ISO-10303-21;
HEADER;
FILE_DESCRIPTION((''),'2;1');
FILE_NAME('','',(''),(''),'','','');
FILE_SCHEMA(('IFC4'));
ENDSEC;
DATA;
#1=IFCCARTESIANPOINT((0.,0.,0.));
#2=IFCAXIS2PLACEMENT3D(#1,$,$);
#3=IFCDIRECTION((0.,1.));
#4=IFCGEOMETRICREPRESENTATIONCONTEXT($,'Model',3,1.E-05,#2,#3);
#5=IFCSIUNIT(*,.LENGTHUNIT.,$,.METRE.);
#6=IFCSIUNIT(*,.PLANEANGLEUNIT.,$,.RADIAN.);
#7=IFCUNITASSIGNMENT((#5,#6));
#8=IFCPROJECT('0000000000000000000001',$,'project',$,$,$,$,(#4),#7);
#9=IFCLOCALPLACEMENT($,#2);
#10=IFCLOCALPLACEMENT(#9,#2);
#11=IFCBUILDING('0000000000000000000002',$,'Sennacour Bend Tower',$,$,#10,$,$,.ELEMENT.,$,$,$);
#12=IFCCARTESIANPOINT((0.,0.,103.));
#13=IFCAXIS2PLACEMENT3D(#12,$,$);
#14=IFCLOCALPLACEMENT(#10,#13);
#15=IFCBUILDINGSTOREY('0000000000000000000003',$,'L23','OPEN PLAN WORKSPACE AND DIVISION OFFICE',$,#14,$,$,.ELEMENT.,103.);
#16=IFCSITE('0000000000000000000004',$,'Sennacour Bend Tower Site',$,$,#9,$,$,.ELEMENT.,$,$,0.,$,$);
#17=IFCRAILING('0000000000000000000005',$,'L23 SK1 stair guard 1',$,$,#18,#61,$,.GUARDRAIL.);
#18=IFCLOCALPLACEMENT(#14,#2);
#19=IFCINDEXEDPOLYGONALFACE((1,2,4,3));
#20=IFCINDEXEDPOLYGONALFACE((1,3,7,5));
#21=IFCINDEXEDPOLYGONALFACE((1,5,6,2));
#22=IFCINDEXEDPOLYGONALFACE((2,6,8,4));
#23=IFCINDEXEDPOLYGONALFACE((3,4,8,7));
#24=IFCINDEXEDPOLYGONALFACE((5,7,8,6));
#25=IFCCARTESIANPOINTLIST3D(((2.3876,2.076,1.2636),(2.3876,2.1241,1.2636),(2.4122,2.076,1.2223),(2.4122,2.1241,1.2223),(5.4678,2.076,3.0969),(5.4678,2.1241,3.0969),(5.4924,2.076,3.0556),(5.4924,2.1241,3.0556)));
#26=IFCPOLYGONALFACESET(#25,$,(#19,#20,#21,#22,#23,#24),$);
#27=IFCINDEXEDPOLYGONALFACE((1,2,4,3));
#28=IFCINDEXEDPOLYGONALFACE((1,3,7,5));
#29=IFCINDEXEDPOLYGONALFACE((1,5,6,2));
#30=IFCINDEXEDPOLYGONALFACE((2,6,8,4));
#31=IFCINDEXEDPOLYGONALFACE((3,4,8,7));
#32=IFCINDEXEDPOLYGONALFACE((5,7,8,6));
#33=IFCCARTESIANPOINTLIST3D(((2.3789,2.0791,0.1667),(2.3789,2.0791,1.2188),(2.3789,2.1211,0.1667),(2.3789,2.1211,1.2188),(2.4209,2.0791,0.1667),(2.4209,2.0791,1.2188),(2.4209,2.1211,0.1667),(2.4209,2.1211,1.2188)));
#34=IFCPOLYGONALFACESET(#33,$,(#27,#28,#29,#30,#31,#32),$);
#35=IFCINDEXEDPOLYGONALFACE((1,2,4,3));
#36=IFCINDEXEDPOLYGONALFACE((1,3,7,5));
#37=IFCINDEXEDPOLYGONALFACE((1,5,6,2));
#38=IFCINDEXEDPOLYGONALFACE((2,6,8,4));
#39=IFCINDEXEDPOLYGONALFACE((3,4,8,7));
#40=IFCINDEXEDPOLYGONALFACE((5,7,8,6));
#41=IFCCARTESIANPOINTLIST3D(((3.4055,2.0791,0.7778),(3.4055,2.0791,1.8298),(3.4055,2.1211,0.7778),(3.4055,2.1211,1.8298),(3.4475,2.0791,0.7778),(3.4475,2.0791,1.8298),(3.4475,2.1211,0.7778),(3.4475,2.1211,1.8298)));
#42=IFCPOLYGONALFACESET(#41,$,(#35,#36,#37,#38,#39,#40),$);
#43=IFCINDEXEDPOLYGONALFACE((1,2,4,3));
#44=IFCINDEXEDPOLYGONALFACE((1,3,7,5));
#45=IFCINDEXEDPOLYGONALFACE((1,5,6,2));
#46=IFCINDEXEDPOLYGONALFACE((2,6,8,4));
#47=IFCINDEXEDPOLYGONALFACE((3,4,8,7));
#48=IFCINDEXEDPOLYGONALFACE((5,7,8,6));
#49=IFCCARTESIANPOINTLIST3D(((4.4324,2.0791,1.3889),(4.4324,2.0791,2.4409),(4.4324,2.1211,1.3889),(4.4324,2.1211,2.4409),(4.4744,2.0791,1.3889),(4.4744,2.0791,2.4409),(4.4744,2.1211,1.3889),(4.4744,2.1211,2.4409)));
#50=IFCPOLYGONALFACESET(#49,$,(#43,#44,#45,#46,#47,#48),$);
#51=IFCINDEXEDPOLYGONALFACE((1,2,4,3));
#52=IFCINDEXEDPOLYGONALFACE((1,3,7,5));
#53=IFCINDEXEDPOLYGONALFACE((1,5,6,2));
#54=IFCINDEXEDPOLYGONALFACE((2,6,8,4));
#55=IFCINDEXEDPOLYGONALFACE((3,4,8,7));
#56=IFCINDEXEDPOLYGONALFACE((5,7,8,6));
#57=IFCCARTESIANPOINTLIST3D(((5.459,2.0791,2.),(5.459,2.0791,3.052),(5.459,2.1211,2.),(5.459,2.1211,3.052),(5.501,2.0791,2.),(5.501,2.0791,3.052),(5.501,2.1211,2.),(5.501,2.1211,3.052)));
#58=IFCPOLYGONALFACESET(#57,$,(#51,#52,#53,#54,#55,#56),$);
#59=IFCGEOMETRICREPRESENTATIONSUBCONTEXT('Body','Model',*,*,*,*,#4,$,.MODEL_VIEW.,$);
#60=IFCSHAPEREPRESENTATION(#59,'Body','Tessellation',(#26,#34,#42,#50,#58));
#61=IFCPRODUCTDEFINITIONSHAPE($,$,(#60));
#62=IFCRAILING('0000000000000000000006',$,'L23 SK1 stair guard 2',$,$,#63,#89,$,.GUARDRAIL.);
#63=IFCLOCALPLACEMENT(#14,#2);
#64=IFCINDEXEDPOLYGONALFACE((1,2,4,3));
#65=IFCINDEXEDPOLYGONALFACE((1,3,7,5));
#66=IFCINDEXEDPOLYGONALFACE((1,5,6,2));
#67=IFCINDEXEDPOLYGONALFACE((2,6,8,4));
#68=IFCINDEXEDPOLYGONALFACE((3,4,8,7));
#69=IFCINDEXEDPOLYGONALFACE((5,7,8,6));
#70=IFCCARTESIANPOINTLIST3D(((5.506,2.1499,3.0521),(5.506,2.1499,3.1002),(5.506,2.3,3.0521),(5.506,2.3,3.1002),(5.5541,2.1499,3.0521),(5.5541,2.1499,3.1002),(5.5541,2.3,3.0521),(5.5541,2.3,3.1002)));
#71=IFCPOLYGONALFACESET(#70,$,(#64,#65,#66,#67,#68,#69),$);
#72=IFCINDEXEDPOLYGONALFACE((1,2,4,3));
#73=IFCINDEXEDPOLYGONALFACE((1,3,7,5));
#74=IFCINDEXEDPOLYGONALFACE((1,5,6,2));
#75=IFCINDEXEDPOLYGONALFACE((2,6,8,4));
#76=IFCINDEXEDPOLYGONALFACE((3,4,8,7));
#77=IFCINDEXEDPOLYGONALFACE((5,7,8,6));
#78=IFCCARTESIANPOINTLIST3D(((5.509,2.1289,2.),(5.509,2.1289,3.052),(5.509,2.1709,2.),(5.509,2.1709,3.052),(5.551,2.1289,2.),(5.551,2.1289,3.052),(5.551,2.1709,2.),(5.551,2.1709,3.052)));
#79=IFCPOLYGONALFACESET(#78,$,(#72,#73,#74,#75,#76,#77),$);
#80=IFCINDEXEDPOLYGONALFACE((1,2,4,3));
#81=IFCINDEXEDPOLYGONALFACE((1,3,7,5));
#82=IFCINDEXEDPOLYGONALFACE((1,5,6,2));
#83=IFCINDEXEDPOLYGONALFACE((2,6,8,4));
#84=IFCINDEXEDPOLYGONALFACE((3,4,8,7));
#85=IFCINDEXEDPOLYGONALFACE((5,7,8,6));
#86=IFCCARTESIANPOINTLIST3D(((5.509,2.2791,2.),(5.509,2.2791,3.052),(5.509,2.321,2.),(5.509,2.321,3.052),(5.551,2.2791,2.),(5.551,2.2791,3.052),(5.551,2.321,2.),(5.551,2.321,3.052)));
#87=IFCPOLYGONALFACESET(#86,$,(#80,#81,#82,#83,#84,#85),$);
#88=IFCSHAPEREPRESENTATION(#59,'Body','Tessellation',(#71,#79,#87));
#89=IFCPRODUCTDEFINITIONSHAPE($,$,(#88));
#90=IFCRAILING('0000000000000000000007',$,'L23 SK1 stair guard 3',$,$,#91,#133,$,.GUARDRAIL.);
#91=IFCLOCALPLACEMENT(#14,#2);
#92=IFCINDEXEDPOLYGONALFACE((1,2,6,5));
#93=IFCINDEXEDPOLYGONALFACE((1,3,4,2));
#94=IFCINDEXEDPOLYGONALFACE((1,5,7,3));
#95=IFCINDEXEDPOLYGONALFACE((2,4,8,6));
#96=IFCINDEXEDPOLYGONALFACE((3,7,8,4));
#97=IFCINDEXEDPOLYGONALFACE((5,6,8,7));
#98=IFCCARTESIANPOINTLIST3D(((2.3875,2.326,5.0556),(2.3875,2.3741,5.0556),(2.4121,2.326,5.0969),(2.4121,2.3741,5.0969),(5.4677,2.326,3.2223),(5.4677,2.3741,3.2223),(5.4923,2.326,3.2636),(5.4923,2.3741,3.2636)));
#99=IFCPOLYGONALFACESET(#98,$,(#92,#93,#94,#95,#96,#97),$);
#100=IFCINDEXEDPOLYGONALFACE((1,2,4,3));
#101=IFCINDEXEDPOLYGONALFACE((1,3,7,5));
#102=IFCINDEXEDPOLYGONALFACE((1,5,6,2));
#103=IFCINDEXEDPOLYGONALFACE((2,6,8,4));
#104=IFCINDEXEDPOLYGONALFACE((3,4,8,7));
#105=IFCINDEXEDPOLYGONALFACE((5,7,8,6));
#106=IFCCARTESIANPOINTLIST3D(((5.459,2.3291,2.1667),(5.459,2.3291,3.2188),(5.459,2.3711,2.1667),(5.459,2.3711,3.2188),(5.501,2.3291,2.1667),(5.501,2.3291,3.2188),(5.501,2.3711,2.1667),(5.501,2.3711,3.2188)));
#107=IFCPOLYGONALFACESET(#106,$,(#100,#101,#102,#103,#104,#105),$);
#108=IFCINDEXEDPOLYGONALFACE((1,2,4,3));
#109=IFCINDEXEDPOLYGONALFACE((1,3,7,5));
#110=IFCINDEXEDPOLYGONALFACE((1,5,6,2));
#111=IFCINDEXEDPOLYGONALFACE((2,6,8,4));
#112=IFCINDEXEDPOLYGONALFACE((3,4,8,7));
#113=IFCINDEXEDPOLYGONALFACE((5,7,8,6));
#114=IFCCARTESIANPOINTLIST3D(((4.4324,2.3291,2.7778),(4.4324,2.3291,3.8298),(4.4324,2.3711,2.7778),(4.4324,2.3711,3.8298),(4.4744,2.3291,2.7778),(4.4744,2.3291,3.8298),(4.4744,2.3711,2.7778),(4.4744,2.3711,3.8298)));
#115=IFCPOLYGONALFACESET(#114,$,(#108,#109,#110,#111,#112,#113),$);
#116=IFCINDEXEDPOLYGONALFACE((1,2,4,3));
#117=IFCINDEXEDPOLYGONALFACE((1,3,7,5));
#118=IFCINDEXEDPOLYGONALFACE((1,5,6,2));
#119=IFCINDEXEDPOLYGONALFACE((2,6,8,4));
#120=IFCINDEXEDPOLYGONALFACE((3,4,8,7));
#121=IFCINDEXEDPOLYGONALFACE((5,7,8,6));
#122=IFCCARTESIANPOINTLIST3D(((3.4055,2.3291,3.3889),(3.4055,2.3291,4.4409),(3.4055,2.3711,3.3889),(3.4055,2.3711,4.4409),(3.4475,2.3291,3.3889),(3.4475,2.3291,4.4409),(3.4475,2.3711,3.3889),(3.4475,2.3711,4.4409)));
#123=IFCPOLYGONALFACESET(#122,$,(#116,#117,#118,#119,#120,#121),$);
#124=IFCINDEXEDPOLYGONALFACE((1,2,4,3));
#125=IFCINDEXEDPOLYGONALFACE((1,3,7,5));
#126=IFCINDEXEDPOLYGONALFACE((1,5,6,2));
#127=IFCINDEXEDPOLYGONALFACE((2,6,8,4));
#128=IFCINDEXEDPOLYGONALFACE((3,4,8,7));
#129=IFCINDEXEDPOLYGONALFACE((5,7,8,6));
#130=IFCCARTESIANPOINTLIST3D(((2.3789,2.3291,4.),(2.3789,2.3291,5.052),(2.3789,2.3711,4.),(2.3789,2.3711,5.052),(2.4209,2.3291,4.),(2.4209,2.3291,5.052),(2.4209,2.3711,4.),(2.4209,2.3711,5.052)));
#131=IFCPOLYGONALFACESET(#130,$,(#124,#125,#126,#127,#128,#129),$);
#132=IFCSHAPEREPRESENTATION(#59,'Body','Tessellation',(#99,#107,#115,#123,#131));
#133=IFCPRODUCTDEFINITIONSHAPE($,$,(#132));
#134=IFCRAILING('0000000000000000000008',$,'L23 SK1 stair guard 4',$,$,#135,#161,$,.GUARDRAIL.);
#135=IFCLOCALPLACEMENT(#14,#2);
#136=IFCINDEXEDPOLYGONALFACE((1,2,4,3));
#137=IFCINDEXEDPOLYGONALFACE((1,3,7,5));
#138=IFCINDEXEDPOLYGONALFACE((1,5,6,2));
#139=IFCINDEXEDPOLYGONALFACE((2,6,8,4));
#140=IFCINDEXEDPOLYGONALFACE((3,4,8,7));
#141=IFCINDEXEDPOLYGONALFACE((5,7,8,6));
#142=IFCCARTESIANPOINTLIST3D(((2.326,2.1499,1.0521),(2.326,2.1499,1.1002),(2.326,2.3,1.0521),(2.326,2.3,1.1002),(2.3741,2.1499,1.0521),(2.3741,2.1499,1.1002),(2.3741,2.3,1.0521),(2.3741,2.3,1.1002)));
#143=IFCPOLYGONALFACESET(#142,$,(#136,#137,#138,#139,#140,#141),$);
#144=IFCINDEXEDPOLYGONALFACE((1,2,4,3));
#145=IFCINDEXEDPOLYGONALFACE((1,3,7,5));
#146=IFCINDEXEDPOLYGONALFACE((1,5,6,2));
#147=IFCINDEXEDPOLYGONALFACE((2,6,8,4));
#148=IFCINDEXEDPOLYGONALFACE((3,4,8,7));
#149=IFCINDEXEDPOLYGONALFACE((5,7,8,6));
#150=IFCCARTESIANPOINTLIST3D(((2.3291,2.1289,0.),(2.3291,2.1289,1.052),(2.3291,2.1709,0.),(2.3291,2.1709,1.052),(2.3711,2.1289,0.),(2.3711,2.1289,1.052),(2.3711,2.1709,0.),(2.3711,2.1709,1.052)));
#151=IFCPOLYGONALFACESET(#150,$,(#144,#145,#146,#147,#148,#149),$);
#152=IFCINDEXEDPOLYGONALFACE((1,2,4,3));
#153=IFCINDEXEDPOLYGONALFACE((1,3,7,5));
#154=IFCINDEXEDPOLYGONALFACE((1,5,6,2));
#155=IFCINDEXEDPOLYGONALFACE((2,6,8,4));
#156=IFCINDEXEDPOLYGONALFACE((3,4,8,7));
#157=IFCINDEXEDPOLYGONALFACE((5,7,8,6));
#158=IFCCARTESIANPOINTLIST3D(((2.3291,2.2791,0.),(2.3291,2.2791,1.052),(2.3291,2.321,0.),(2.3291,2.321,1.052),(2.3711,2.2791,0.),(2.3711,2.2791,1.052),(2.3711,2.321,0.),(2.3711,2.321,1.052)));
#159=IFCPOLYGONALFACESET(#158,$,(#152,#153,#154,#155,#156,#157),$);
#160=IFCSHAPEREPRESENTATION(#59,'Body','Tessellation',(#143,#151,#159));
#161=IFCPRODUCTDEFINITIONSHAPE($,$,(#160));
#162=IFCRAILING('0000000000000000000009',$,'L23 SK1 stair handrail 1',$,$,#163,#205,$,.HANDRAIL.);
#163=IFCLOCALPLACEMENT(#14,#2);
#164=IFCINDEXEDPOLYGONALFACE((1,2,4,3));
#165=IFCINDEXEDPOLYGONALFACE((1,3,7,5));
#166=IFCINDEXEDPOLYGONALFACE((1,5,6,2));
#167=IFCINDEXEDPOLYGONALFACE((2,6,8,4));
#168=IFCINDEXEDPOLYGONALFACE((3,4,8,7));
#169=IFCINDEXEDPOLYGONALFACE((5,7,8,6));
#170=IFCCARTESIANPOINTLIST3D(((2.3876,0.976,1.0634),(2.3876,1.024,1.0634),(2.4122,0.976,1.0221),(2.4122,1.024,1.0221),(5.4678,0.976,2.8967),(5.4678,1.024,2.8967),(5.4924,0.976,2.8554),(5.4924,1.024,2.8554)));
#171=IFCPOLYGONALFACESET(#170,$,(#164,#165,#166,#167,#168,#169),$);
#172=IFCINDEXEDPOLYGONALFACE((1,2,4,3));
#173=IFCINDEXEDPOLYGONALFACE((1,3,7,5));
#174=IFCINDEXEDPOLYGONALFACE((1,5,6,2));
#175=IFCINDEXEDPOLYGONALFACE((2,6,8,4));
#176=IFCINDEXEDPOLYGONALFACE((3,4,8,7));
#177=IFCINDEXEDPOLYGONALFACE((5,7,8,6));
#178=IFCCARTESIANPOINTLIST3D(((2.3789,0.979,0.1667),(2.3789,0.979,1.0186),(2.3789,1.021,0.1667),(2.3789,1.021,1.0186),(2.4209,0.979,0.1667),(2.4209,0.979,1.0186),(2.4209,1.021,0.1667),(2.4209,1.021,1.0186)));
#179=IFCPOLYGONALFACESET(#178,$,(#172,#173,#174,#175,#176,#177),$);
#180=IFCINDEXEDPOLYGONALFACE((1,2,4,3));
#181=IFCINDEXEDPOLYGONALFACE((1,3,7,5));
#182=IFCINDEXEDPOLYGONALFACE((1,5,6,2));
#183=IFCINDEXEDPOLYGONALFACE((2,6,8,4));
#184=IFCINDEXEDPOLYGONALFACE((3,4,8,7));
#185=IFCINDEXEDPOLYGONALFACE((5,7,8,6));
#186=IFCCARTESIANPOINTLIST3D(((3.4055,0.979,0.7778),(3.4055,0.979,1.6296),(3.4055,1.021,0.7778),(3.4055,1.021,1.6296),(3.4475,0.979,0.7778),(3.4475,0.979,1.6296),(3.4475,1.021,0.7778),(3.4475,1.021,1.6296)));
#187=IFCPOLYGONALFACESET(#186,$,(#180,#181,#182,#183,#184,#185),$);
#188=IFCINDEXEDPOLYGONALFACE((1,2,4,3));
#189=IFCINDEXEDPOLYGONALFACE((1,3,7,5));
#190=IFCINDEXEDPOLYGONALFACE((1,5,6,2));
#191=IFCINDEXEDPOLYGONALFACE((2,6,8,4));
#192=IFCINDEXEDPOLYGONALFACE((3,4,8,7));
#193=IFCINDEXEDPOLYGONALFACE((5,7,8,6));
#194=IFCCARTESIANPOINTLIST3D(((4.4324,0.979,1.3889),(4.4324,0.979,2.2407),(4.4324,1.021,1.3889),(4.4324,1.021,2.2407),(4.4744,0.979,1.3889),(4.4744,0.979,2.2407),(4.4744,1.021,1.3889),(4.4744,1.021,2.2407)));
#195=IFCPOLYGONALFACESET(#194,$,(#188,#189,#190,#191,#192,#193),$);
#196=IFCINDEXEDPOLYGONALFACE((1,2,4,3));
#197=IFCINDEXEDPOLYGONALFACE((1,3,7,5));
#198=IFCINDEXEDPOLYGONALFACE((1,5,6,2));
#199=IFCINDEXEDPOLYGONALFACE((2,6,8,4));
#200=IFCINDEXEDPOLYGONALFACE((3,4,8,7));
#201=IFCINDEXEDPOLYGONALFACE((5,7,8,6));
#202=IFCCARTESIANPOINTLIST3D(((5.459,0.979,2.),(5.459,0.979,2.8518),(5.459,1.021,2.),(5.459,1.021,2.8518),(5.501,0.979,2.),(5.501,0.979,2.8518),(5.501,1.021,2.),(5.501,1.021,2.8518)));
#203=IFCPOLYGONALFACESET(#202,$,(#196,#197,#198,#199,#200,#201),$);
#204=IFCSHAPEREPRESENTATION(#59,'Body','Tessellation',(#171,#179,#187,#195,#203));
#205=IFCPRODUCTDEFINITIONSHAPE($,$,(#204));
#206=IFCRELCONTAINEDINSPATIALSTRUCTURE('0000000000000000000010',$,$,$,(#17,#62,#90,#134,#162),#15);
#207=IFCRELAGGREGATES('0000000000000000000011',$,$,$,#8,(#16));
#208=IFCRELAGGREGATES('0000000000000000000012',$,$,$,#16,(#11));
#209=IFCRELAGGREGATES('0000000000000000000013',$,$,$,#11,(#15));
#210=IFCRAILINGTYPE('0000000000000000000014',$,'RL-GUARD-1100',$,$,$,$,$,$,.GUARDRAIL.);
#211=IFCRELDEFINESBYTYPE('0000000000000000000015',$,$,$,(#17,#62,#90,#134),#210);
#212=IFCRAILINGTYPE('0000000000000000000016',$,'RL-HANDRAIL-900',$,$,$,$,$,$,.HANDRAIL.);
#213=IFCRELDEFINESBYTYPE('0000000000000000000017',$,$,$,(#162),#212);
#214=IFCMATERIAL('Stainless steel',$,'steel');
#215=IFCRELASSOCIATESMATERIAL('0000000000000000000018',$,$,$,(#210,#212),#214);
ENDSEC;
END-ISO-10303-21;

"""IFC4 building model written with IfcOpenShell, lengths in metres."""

from ifc_helpers import new_model, si_unit, direction, frame, origin, origin_2d, place, context, subcontext, project, spatial, rectangle, extrude, material, type_object, element, save


model = new_model("IFC4")

# Units and contexts
model_context = context("Model", 3, precision=1e-05, world=origin(), true_north=direction((0.0, 1.0)))
body_context = subcontext(model_context, "Body", "Model", "MODEL_VIEW")
ifc_project = project(units=[si_unit("LENGTHUNIT", "METRE"), si_unit("PLANEANGLEUNIT", "RADIAN")], contexts=[model_context])

# Site, building, storey
site_placement = place(None, origin())
site = spatial("IfcSite", under=ifc_project, at=site_placement, Name="Sennacour Bend Tower Site", CompositionType="ELEMENT", RefElevation=0.0)
building_placement = place(site_placement, origin())
building = spatial("IfcBuilding", under=site, at=building_placement, Name="Sennacour Bend Tower", CompositionType="ELEMENT")
storey_placement = place(building_placement, frame((0.0, 0.0, 103.0)))
storey = spatial("IfcBuildingStorey", under=building, at=storey_placement, Name="L23", Description="OPEN PLAN WORKSPACE AND DIVISION OFFICE", CompositionType="ELEMENT", Elevation=103.0)

# Railings
ifc_material_1 = material(Name="Stainless steel", Category="steel")
railing_type_1 = type_object("IfcRailingType", Name="RL-GUARD-1100", PredefinedType="GUARDRAIL", material=ifc_material_1)
railing_1_placement = place(storey_placement, frame((2.3999, 2.1001, 0.1667)))
element("IfcRailing", 1, at=railing_1_placement, inside=storey, type_object=railing_type_1, Name="L23 SK1 stair guard 1", PredefinedType="GUARDRAIL", context=body_context, shape_type="SweptSolid", body=[
    extrude(rectangle(XDim=0.0481, YDim=0.0481, at=origin_2d()), frame((0.0, 0.0, 1.0762), z_axis=(0.859309, 0.0, 0.511458), x_axis=(0.0, 1.0, 0.0)), (0.0, 0.0, 1.0), 3.5845),
    extrude(rectangle(XDim=0.042, YDim=0.042, at=origin_2d()), origin(), (0.0, 0.0, 1.0), 1.052),
    extrude(rectangle(XDim=0.042, YDim=0.042, at=origin_2d()), frame((1.0266, 0.0, 0.6111)), (0.0, 0.0, 1.0), 1.052),
    extrude(rectangle(XDim=0.042, YDim=0.042, at=origin_2d()), frame((2.0535, 0.0, 1.2222)), (0.0, 0.0, 1.0), 1.052),
    extrude(rectangle(XDim=0.042, YDim=0.042, at=origin_2d()), frame((3.0801, 0.0, 1.8333)), (0.0, 0.0, 1.0), 1.052),
])
railing_2_placement = place(storey_placement, frame((5.53, 2.1499, 2.0)))
element("IfcRailing", 2, at=railing_2_placement, inside=storey, type_object=railing_type_1, Name="L23 SK1 stair guard 2", PredefinedType="GUARDRAIL", context=body_context, shape_type="SweptSolid", body=[
    extrude(rectangle(XDim=0.0481, YDim=0.0481, at=origin_2d()), frame((0.0, 0.0, 1.0762), z_axis=(0.0, 1.0, 0.0), x_axis=(-1.0, 0.0, 0.0)), (0.0, 0.0, 1.0), 0.1501),
    extrude(rectangle(XDim=0.042, YDim=0.042, at=origin_2d()), origin(), (0.0, 0.0, 1.0), 1.052),
    extrude(rectangle(XDim=0.042, YDim=0.042, at=origin_2d()), frame((0.0, 0.1501, 0.0)), (0.0, 0.0, 1.0), 1.052),
])
railing_3_placement = place(storey_placement, frame((5.48, 2.3501, 2.1667)))
element("IfcRailing", 3, at=railing_3_placement, inside=storey, type_object=railing_type_1, Name="L23 SK1 stair guard 3", PredefinedType="GUARDRAIL", context=body_context, shape_type="SweptSolid", body=[
    extrude(rectangle(XDim=0.0481, YDim=0.0481, at=origin_2d()), frame((0.0, 0.0, 1.0762), z_axis=(-0.859309, 0.0, 0.511458), x_axis=(0.0, -1.0, 0.0)), (0.0, 0.0, 1.0), 3.5845),
    extrude(rectangle(XDim=0.042, YDim=0.042, at=origin_2d()), origin(), (0.0, 0.0, 1.0), 1.052),
    extrude(rectangle(XDim=0.042, YDim=0.042, at=origin_2d()), frame((-1.0266, 0.0, 0.6111)), (0.0, 0.0, 1.0), 1.052),
    extrude(rectangle(XDim=0.042, YDim=0.042, at=origin_2d()), frame((-2.0535, 0.0, 1.2222)), (0.0, 0.0, 1.0), 1.052),
    extrude(rectangle(XDim=0.042, YDim=0.042, at=origin_2d()), frame((-3.0801, 0.0, 1.8333)), (0.0, 0.0, 1.0), 1.052),
])
railing_4_placement = place(storey_placement, frame((2.3501, 2.1499, 0.0)))
element("IfcRailing", 4, at=railing_4_placement, inside=storey, type_object=railing_type_1, Name="L23 SK1 stair guard 4", PredefinedType="GUARDRAIL", context=body_context, shape_type="SweptSolid", body=[
    extrude(rectangle(XDim=0.0481, YDim=0.0481, at=origin_2d()), frame((0.0, 0.0, 1.0762), z_axis=(0.0, 1.0, 0.0), x_axis=(-1.0, 0.0, 0.0)), (0.0, 0.0, 1.0), 0.1501),
    extrude(rectangle(XDim=0.042, YDim=0.042, at=origin_2d()), origin(), (0.0, 0.0, 1.0), 1.052),
    extrude(rectangle(XDim=0.042, YDim=0.042, at=origin_2d()), frame((0.0, 0.1501, 0.0)), (0.0, 0.0, 1.0), 1.052),
])
railing_type_2 = type_object("IfcRailingType", Name="RL-HANDRAIL-900", PredefinedType="HANDRAIL", material=ifc_material_1)
railing_5_placement = place(storey_placement, frame((2.3999, 1.0, 0.1667)))
element("IfcRailing", 5, at=railing_5_placement, inside=storey, type_object=railing_type_2, Name="L23 SK1 stair handrail 1", PredefinedType="HANDRAIL", context=body_context, shape_type="SweptSolid", body=[
    extrude(rectangle(XDim=0.0481, YDim=0.0481, at=origin_2d()), frame((0.0, 0.0, 0.876), z_axis=(0.859309, 0.0, 0.511458), x_axis=(0.0, 1.0, 0.0)), (0.0, 0.0, 1.0), 3.5845),
    extrude(rectangle(XDim=0.042, YDim=0.042, at=origin_2d()), origin(), (0.0, 0.0, 1.0), 0.8518),
    extrude(rectangle(XDim=0.042, YDim=0.042, at=origin_2d()), frame((1.0266, 0.0, 0.6111)), (0.0, 0.0, 1.0), 0.8518),
    extrude(rectangle(XDim=0.042, YDim=0.042, at=origin_2d()), frame((2.0535, 0.0, 1.2222)), (0.0, 0.0, 1.0), 0.8518),
    extrude(rectangle(XDim=0.042, YDim=0.042, at=origin_2d()), frame((3.0801, 0.0, 1.8333)), (0.0, 0.0, 1.0), 0.8518),
])

save(model, "model.ifc")
